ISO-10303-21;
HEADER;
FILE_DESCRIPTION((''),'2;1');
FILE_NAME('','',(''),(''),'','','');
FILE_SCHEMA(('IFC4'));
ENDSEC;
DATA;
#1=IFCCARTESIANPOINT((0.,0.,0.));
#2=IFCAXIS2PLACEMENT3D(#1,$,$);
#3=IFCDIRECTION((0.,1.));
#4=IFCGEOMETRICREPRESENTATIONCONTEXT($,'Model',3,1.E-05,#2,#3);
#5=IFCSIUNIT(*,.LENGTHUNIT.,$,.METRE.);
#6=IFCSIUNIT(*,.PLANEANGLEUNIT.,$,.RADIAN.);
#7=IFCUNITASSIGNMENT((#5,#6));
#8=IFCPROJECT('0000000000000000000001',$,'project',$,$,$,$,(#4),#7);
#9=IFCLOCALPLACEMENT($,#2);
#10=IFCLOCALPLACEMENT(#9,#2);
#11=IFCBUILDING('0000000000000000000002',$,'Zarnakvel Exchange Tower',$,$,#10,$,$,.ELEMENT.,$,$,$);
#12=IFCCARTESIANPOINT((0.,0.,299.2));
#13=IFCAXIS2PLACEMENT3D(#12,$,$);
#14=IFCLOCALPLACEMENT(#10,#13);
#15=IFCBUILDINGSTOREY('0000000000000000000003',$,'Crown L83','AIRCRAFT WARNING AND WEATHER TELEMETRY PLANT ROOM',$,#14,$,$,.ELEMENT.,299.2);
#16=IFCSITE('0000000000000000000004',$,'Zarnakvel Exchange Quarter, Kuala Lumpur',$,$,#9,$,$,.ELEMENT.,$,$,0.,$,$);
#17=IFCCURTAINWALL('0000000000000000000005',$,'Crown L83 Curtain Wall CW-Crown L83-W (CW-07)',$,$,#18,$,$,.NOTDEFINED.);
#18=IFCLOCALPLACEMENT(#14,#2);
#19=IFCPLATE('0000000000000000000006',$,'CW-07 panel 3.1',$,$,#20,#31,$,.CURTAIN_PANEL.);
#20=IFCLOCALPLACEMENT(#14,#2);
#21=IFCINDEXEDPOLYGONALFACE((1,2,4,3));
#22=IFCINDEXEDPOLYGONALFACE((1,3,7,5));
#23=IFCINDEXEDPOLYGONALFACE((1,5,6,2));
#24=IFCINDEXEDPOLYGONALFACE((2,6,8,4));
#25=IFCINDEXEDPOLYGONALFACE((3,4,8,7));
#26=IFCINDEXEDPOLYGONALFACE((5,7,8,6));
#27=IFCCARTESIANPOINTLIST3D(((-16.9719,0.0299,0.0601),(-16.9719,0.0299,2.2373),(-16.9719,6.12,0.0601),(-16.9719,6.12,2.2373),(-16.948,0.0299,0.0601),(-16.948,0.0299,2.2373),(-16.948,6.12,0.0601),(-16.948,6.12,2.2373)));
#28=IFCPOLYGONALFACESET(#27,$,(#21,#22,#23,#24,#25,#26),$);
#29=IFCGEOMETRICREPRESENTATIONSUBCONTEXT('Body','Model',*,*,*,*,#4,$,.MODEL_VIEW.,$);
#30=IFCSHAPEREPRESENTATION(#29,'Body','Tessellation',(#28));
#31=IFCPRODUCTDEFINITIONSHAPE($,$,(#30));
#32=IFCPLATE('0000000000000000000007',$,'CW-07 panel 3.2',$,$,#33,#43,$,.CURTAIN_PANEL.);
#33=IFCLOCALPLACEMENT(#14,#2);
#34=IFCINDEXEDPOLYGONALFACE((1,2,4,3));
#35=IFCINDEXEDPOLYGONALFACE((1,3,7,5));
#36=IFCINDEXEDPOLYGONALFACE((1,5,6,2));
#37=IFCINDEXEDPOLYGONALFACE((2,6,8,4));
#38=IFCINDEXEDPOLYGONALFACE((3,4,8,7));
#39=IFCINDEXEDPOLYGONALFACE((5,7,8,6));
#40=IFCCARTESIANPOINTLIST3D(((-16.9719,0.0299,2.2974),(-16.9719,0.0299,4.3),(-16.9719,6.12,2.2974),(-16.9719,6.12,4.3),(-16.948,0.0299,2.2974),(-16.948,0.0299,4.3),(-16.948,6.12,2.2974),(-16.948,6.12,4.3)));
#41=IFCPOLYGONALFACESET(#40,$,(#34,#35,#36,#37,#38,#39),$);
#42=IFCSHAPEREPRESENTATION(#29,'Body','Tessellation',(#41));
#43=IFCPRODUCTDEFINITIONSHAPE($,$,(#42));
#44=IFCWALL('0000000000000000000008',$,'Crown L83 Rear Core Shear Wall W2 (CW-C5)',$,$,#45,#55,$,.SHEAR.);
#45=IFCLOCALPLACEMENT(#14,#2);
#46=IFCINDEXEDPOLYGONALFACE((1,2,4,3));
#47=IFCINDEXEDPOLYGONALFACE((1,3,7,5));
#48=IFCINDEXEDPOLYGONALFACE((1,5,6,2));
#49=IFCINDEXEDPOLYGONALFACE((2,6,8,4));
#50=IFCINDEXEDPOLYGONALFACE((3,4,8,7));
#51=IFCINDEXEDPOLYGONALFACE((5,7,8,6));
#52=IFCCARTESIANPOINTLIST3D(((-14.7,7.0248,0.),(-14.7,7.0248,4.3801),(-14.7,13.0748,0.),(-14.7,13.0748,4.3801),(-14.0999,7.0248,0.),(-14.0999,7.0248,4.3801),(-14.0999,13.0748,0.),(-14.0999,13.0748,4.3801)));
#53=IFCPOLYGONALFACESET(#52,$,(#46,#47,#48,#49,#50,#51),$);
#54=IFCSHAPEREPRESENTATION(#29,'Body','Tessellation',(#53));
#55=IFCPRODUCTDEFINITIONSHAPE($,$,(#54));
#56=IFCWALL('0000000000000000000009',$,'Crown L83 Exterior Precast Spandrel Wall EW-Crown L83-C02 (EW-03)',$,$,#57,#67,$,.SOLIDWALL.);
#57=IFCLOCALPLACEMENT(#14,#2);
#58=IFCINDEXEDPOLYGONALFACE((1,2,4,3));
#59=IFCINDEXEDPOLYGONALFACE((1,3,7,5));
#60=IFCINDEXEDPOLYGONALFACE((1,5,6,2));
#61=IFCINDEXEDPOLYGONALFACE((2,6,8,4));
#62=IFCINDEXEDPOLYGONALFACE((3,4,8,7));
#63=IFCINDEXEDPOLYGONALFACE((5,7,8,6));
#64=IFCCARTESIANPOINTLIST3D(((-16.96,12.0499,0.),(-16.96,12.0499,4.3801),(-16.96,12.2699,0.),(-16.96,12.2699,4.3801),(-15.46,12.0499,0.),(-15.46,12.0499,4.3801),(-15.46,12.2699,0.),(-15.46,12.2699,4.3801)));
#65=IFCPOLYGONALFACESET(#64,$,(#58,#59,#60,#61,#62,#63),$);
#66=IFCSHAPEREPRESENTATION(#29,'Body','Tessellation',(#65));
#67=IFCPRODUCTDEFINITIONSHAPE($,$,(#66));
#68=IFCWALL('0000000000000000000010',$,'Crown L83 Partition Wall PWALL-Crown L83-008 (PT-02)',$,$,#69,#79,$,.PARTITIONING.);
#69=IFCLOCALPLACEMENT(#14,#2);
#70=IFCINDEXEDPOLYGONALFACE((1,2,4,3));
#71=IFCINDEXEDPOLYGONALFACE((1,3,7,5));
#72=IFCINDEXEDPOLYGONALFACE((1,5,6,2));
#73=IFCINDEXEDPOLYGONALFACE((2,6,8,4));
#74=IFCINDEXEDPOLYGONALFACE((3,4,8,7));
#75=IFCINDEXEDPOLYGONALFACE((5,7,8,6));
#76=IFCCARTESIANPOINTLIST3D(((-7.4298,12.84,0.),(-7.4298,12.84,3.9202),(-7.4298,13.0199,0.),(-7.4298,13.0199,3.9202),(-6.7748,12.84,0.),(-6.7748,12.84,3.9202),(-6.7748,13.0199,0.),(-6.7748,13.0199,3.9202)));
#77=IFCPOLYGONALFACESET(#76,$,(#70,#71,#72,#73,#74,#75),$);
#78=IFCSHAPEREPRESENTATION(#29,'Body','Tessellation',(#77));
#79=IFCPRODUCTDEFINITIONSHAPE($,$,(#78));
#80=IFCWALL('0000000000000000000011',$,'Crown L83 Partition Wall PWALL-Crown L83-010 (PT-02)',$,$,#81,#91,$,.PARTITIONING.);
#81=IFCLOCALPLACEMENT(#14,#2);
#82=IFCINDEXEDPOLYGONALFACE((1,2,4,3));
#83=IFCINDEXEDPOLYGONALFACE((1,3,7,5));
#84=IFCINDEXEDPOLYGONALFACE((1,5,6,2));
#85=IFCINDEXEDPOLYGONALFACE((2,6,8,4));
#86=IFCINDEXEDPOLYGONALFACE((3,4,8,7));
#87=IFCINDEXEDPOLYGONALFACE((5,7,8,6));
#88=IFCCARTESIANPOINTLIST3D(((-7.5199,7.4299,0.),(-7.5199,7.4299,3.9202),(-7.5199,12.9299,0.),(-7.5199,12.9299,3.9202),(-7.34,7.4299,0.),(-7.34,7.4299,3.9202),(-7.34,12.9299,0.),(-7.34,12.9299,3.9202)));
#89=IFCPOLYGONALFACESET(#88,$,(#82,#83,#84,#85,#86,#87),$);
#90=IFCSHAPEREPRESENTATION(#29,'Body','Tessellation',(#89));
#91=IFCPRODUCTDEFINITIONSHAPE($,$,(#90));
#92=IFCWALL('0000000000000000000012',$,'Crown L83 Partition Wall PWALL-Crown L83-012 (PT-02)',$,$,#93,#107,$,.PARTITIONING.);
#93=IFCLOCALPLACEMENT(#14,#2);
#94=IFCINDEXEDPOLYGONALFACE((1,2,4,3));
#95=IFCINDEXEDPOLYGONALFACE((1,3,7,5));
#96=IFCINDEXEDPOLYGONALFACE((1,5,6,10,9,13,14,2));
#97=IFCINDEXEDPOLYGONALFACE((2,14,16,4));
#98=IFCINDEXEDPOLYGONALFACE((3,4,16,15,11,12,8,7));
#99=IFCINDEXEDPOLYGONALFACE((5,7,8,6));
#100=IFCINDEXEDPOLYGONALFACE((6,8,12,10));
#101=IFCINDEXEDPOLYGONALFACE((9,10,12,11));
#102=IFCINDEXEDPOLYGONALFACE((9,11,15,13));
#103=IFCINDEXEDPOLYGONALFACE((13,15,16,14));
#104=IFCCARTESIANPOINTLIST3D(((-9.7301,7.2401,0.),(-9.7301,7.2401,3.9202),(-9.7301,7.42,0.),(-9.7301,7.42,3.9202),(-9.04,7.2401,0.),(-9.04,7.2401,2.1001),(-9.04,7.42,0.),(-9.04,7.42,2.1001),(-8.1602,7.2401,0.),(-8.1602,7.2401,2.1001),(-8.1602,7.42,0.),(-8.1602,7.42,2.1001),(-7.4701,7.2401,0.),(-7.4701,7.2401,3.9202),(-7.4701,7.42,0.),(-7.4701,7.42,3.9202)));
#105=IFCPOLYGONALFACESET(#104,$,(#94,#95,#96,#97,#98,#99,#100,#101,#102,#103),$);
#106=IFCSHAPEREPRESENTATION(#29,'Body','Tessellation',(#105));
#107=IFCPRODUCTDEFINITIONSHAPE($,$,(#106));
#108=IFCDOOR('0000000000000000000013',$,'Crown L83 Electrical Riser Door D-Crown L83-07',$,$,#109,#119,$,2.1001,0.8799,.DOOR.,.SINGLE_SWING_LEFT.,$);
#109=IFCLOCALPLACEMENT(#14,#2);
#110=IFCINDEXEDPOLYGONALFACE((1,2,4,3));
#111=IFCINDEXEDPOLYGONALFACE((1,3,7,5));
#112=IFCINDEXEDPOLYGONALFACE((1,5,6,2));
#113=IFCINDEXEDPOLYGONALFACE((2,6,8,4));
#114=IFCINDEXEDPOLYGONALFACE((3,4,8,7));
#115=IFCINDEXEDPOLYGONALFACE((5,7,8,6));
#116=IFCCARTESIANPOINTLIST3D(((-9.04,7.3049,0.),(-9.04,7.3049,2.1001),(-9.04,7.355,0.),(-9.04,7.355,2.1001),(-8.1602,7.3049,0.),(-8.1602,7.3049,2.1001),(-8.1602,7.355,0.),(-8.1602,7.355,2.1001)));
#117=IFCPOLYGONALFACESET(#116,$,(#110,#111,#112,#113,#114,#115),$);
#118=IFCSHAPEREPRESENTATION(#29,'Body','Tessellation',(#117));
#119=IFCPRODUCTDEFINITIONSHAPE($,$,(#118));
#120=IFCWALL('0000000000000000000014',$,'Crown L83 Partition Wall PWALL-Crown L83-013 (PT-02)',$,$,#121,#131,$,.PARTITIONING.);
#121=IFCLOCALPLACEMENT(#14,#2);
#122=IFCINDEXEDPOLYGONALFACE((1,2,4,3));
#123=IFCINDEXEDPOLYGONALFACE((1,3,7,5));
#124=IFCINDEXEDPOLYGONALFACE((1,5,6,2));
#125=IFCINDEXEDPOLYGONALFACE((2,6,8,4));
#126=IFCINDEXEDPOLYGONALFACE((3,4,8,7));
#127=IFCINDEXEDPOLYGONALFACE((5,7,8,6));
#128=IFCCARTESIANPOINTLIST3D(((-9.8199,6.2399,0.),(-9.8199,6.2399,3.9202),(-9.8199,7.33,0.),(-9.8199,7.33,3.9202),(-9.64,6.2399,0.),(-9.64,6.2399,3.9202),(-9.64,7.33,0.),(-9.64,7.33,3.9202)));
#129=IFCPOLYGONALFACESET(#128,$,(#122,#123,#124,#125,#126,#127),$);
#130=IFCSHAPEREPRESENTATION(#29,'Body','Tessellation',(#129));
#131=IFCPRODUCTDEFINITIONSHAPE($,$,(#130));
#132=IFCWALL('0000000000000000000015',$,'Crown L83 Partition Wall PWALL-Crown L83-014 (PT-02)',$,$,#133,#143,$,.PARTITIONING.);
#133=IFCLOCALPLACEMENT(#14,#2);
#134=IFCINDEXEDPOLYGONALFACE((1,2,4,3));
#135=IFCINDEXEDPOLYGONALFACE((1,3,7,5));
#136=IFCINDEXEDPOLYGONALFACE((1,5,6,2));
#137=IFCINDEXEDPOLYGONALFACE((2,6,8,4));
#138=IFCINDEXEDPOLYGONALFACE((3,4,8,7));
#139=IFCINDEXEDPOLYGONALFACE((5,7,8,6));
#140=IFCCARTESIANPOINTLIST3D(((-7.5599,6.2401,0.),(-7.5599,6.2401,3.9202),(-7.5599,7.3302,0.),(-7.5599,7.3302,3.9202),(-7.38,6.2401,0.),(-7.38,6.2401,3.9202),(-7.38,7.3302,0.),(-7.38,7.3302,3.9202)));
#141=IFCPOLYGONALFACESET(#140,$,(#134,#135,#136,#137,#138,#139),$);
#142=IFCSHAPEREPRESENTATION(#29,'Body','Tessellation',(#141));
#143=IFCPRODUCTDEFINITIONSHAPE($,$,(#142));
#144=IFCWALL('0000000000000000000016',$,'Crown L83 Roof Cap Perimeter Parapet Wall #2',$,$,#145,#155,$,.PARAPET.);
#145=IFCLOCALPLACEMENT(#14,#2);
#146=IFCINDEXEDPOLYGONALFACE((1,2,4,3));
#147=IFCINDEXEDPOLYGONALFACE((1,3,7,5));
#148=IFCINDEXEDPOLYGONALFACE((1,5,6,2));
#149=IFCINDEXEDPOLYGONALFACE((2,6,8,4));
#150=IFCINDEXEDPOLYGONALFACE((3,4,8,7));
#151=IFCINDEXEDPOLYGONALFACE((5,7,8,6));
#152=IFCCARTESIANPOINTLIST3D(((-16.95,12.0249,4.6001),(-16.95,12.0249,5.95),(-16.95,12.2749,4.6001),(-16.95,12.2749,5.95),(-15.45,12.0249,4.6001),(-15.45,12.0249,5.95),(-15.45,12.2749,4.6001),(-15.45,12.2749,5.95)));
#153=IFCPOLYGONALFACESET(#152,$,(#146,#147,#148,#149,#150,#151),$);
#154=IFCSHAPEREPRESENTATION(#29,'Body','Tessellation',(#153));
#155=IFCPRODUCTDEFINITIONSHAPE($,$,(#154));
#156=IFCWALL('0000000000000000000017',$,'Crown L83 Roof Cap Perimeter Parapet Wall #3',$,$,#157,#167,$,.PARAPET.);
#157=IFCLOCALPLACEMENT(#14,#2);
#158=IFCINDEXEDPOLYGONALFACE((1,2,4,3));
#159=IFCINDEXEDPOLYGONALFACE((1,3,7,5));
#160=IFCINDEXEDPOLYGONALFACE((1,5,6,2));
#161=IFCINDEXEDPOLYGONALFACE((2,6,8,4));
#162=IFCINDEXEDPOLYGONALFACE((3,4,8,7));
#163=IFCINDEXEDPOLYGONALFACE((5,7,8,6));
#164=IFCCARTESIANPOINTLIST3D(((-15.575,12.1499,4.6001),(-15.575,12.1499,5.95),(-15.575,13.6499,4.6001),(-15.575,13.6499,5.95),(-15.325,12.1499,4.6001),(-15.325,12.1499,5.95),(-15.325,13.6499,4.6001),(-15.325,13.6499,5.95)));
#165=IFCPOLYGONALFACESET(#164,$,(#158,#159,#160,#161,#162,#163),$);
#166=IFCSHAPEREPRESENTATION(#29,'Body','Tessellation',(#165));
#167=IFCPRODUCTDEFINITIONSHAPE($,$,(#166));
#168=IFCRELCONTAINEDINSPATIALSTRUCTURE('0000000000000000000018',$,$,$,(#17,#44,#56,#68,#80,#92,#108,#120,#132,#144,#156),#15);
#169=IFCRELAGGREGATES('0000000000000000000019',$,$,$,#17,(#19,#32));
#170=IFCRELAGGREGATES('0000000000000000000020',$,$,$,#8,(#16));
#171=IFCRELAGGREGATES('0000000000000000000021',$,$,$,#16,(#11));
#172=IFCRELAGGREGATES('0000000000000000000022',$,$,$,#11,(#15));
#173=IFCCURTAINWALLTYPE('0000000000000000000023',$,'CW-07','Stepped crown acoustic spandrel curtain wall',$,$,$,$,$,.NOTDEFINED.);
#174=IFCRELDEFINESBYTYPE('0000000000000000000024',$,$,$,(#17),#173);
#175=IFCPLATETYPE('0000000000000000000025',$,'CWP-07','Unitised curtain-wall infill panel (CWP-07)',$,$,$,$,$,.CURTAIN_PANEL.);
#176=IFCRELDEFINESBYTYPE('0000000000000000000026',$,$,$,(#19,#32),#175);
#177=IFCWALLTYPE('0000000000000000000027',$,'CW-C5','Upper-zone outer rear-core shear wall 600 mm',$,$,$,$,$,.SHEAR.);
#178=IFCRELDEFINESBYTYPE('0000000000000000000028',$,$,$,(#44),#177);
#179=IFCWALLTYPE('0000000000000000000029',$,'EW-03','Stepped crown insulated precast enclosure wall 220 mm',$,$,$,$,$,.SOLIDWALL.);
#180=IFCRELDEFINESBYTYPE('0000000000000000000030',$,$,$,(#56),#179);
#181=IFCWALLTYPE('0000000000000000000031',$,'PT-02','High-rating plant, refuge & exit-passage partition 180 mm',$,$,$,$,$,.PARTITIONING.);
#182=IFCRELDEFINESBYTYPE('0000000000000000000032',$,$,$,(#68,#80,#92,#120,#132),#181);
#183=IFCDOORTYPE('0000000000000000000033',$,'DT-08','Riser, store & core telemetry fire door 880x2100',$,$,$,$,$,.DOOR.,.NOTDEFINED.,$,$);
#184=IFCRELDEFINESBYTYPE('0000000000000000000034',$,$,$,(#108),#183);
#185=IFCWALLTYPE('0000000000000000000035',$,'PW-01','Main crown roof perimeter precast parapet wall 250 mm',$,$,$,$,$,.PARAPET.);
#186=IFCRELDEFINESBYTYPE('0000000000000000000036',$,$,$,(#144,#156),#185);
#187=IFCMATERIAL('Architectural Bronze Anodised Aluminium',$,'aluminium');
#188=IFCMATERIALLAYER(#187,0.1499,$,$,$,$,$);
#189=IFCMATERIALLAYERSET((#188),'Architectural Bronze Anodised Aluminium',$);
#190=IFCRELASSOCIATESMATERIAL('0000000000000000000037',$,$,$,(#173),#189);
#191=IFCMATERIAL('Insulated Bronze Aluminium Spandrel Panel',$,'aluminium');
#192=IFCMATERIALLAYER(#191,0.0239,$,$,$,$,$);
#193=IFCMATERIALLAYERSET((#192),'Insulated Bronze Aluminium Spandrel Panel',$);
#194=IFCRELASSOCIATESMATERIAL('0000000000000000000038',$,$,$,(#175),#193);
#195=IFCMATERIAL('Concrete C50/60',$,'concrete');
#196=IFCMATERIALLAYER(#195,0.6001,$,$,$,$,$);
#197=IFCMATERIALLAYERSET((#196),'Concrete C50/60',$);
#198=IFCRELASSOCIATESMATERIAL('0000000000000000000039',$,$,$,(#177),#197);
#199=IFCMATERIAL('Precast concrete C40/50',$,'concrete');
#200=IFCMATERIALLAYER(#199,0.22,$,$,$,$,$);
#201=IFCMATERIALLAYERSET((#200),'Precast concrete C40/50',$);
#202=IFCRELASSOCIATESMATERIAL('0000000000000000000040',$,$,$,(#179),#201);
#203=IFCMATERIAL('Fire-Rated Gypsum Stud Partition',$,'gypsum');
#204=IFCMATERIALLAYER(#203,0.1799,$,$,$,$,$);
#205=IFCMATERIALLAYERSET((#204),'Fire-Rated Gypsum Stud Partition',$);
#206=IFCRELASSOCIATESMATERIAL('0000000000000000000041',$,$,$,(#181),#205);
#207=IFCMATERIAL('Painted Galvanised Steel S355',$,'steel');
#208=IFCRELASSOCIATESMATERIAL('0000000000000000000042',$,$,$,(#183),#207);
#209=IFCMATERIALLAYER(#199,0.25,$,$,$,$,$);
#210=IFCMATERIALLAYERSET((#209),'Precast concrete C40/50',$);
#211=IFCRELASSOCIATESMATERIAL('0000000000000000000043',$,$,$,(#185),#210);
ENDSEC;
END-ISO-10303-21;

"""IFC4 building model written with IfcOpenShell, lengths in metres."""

from ifc_helpers import new_model, si_unit, direction, frame, frame_2d, origin, origin_2d, place, context, subcontext, project, spatial, rectangle, extrude, source, transform, mapped, material, layer, layer_set, type_object, element, fill, aggregate, save


model = new_model("IFC4")

# Units and contexts
model_context = context("Model", 3, precision=1e-05, world=origin(), true_north=direction((0.0, 1.0)))
body_context = subcontext(model_context, "Body", "Model", "MODEL_VIEW")
ifc_project = project(units=[si_unit("LENGTHUNIT", "METRE"), si_unit("PLANEANGLEUNIT", "RADIAN")], contexts=[model_context])

# Site, building, storey
site_placement = place(None, origin())
site = spatial("IfcSite", under=ifc_project, at=site_placement, Name="Zarnakvel Exchange Quarter, Kuala Lumpur", CompositionType="ELEMENT", RefElevation=0.0)
building_placement = place(site_placement, origin())
building = spatial("IfcBuilding", under=site, at=building_placement, Name="Zarnakvel Exchange Tower", CompositionType="ELEMENT")
storey_placement = place(building_placement, frame((0.0, 0.0, 299.2)))
storey = spatial("IfcBuildingStorey", under=building, at=storey_placement, Name="Crown L83", Description="AIRCRAFT WARNING AND WEATHER TELEMETRY PLANT ROOM", CompositionType="ELEMENT", Elevation=299.2)

# Shared definitions
ifc_material_1 = material(Name="Concrete C50/60", Category="concrete")

# Curtain wall, plates
ifc_material_2 = material(Name="Architectural Bronze Anodised Aluminium", Category="aluminium")
ifc_layer_1 = layer(ifc_material_2, 0.1499)
ifc_layer_set_1 = layer_set([ifc_layer_1], Name="Architectural Bronze Anodised Aluminium")
curtain_wall_type = type_object("IfcCurtainWallType", Name="CW-07", Description="Stepped crown acoustic spandrel curtain wall", PredefinedType="NOTDEFINED", material=ifc_layer_set_1)
curtain_wall_placement = place(storey_placement, origin())
curtain_wall = element("IfcCurtainWall", 1, at=curtain_wall_placement, inside=storey, type_object=curtain_wall_type, Name="Crown L83 Curtain Wall CW-Crown L83-W (CW-07)", PredefinedType="NOTDEFINED")
ifc_material_3 = material(Name="Insulated Bronze Aluminium Spandrel Panel", Category="aluminium")
ifc_layer_2 = layer(ifc_material_3, 0.0239)
ifc_layer_set_2 = layer_set([ifc_layer_2], Name="Insulated Bronze Aluminium Spandrel Panel")
plate_type = type_object("IfcPlateType", Name="CWP-07", Description="Unitised curtain-wall infill panel (CWP-07)", PredefinedType="CURTAIN_PANEL", material=ifc_layer_set_2)
shared_shape_1 = source(origin(), body_context, "Body", "SweptSolid", [
    extrude(rectangle(XDim=6.0901, YDim=0.0239, at=origin_2d()), origin(), (0.0, 0.0, 1.0), 2.1772),
])
plate_1_placement = place(storey_placement, frame((-16.96, 3.075, 0.0601), z_axis=(0.0, 0.0, 1.0), x_axis=(0.0, 1.0, 0.0)))
plate_1 = element("IfcPlate", 2, at=plate_1_placement, type_object=plate_type, Name="CW-07 panel 3.1", PredefinedType="CURTAIN_PANEL", context=body_context, shape_type="MappedRepresentation", body=[
    mapped(shared_shape_1, transform((0.0, 0.0, 0.0), x_axis=(1.0, 0.0, 0.0), y_axis=(0.0, 1.0, 0.0), z_axis=(0.0, 0.0, 1.0), scale=1.0)),
])
shared_shape_2 = source(origin(), body_context, "Body", "SweptSolid", [
    extrude(rectangle(XDim=6.0901, YDim=0.0239, at=origin_2d()), origin(), (0.0, 0.0, 1.0), 2.0027),
])
plate_2_placement = place(storey_placement, frame((-16.96, 3.075, 2.2974), z_axis=(0.0, 0.0, 1.0), x_axis=(0.0, 1.0, 0.0)))
plate_2 = element("IfcPlate", 3, at=plate_2_placement, type_object=plate_type, Name="CW-07 panel 3.2", PredefinedType="CURTAIN_PANEL", context=body_context, shape_type="MappedRepresentation", body=[
    mapped(shared_shape_2, transform((0.0, 0.0, 0.0), x_axis=(1.0, 0.0, 0.0), y_axis=(0.0, 1.0, 0.0), z_axis=(0.0, 0.0, 1.0), scale=1.0)),
])
aggregate(curtain_wall, [plate_1, plate_2])

# Walls
ifc_layer_3 = layer(ifc_material_1, 0.6001)
ifc_layer_set_3 = layer_set([ifc_layer_3], Name="Concrete C50/60")
wall_type_1 = type_object("IfcWallType", Name="CW-C5", Description="Upper-zone outer rear-core shear wall 600 mm", PredefinedType="SHEAR", material=ifc_layer_set_3)
wall_1_placement = place(storey_placement, frame((-14.3999, 7.0249, 0.0), z_axis=(0.0, 0.0, 1.0), x_axis=(0.0, 1.0, 0.0)))
element("IfcWall", 4, at=wall_1_placement, inside=storey, type_object=wall_type_1, Name="Crown L83 Rear Core Shear Wall W2 (CW-C5)", PredefinedType="SHEAR", context=body_context, shape_type="SweptSolid", body=[
    extrude(rectangle(XDim=6.05, YDim=0.6001, at=frame_2d((3.0249, 0.0))), origin(), (0.0, 0.0, 1.0), 4.3801),
])
ifc_material_4 = material(Name="Precast concrete C40/50", Category="concrete")
ifc_layer_4 = layer(ifc_material_4, 0.22)
ifc_layer_set_4 = layer_set([ifc_layer_4], Name="Precast concrete C40/50")
wall_type_2 = type_object("IfcWallType", Name="EW-03", Description="Stepped crown insulated precast enclosure wall 220 mm", PredefinedType="SOLIDWALL", material=ifc_layer_set_4)
wall_2_placement = place(storey_placement, frame((-15.46, 12.1599, 0.0), z_axis=(0.0, 0.0, 1.0), x_axis=(-1.0, 0.0, 0.0)))
element("IfcWall", 5, at=wall_2_placement, inside=storey, type_object=wall_type_2, Name="Crown L83 Exterior Precast Spandrel Wall EW-Crown L83-C02 (EW-03)", PredefinedType="SOLIDWALL", context=body_context, shape_type="SweptSolid", body=[
    extrude(rectangle(XDim=1.5, YDim=0.22, at=frame_2d((0.75, 0.0))), origin(), (0.0, 0.0, 1.0), 4.3801),
])
ifc_material_5 = material(Name="Fire-Rated Gypsum Stud Partition", Category="gypsum")
ifc_layer_5 = layer(ifc_material_5, 0.1799)
ifc_layer_set_5 = layer_set([ifc_layer_5], Name="Fire-Rated Gypsum Stud Partition")
wall_type_3 = type_object("IfcWallType", Name="PT-02", Description="High-rating plant, refuge & exit-passage partition 180 mm", PredefinedType="PARTITIONING", material=ifc_layer_set_5)
wall_3_placement = place(storey_placement, frame((-7.4299, 12.9299, 0.0), z_axis=(0.0, 0.0, 1.0), x_axis=(1.0, 0.0, 0.0)))
element("IfcWall", 6, at=wall_3_placement, inside=storey, type_object=wall_type_3, Name="Crown L83 Partition Wall PWALL-Crown L83-008 (PT-02)", PredefinedType="PARTITIONING", context=body_context, shape_type="SweptSolid", body=[
    extrude(rectangle(XDim=0.655, YDim=0.1799, at=frame_2d((0.3276, 0.0))), origin(), (0.0, 0.0, 1.0), 3.9202),
])
wall_4_placement = place(storey_placement, frame((-7.4299, 7.4299, 0.0), z_axis=(0.0, 0.0, 1.0), x_axis=(0.0, 1.0, 0.0)))
element("IfcWall", 7, at=wall_4_placement, inside=storey, type_object=wall_type_3, Name="Crown L83 Partition Wall PWALL-Crown L83-010 (PT-02)", PredefinedType="PARTITIONING", context=body_context, shape_type="SweptSolid", body=[
    extrude(rectangle(XDim=5.5, YDim=0.1799, at=frame_2d((2.75, 0.0))), origin(), (0.0, 0.0, 1.0), 3.9202),
])

# Wall, opening, door
wall_5_placement = place(storey_placement, frame((-9.73, 7.3301, 0.0), z_axis=(0.0, 0.0, 1.0), x_axis=(1.0, 0.0, 0.0)))
wall_5 = element("IfcWall", 8, at=wall_5_placement, inside=storey, type_object=wall_type_3, Name="Crown L83 Partition Wall PWALL-Crown L83-012 (PT-02)", PredefinedType="PARTITIONING", context=body_context, shape_type="SweptSolid", body=[
    extrude(rectangle(XDim=2.26, YDim=0.1799, at=frame_2d((1.1299, 0.0))), origin(), (0.0, 0.0, 1.0), 3.9202),
])
opening_1_placement = place(wall_5_placement, frame((0.6899, 0.0, 0.0)))
opening_1 = element("IfcOpeningElement", 9, at=opening_1_placement, cuts=wall_5, PredefinedType="OPENING", context=body_context, shape_type="SweptSolid", body=[
    extrude(rectangle(XDim=0.8799, YDim=2.1001, at=frame_2d((0.4399, 1.05))), frame((0.0, 0.0999, 0.0), z_axis=(0.0, -1.0, 0.0), x_axis=(1.0, 0.0, 0.0)), (0.0, 0.0, 1.0), 0.2),
])
ifc_material_6 = material(Name="Painted Galvanised Steel S355", Category="steel")
door_type_1 = type_object("IfcDoorType", Name="DT-08", Description="Riser, store & core telemetry fire door 880x2100", OperationType="NOTDEFINED", PredefinedType="DOOR", material=ifc_material_6)
shared_shape_3 = source(origin(), body_context, "Body", "SweptSolid", [
    extrude(rectangle(XDim=0.8799, YDim=2.1001, at=frame_2d((0.4399, 1.05))), frame((0.0, 0.0249, 0.0), z_axis=(0.0, -1.0, 0.0), x_axis=(1.0, 0.0, 0.0)), (0.0, 0.0, 1.0), 0.05),
])
door_1_placement = place(opening_1_placement, origin())
door_1 = element("IfcDoor", 10, at=door_1_placement, inside=storey, type_object=door_type_1, Name="Crown L83 Electrical Riser Door D-Crown L83-07", OperationType="SINGLE_SWING_LEFT", OverallHeight=2.1001, OverallWidth=0.8799, PredefinedType="DOOR", context=body_context, shape_type="MappedRepresentation", body=[
    mapped(shared_shape_3, transform((0.0, 0.0, 0.0), x_axis=(1.0, 0.0, 0.0), y_axis=(0.0, 1.0, 0.0), z_axis=(0.0, 0.0, 1.0), scale=1.0)),
])
fill(opening_1, door_1)

# Walls
for number, where, z_axis, x_axis, name in (
    (11, (-9.73, 6.24, 0.0), (0.0, 0.0, 1.0), (0.0, 1.0, 0.0), "Crown L83 Partition Wall PWALL-Crown L83-013 (PT-02)"),
    (12, (-7.47, 7.3301, 0.0), (0.0, 0.0, 1.0), (0.0, -1.0, 0.0), "Crown L83 Partition Wall PWALL-Crown L83-014 (PT-02)"),
):
    element("IfcWall", number, at=place(storey_placement, frame(where, z_axis=z_axis, x_axis=x_axis)), inside=storey, type_object=wall_type_3, Name=name, PredefinedType="PARTITIONING", context=body_context, shape_type="SweptSolid", body=[
        extrude(rectangle(XDim=1.0901, YDim=0.1799, at=frame_2d((0.5449, 0.0))), origin(), (0.0, 0.0, 1.0), 3.9202),
    ])
ifc_layer_6 = layer(ifc_material_4, 0.25)
ifc_layer_set_6 = layer_set([ifc_layer_6], Name="Precast concrete C40/50")
wall_type_4 = type_object("IfcWallType", Name="PW-01", Description="Main crown roof perimeter precast parapet wall 250 mm", PredefinedType="PARAPET", material=ifc_layer_set_6)
for number, where, z_axis, x_axis, name in (
    (13, (-16.95, 12.1499, 4.6001), (0.0, 0.0, 1.0), (1.0, 0.0, 0.0), "Crown L83 Roof Cap Perimeter Parapet Wall #2"),
    (14, (-15.45, 12.1499, 4.6001), (0.0, 0.0, 1.0), (0.0, 1.0, 0.0), "Crown L83 Roof Cap Perimeter Parapet Wall #3"),
):
    element("IfcWall", number, at=place(storey_placement, frame(where, z_axis=z_axis, x_axis=x_axis)), inside=storey, type_object=wall_type_4, Name=name, PredefinedType="PARAPET", context=body_context, shape_type="SweptSolid", body=[
        extrude(rectangle(XDim=1.5, YDim=0.25, at=frame_2d((0.75, 0.0))), origin(), (0.0, 0.0, 1.0), 1.3499),
    ])

save(model, "model.ifc")
